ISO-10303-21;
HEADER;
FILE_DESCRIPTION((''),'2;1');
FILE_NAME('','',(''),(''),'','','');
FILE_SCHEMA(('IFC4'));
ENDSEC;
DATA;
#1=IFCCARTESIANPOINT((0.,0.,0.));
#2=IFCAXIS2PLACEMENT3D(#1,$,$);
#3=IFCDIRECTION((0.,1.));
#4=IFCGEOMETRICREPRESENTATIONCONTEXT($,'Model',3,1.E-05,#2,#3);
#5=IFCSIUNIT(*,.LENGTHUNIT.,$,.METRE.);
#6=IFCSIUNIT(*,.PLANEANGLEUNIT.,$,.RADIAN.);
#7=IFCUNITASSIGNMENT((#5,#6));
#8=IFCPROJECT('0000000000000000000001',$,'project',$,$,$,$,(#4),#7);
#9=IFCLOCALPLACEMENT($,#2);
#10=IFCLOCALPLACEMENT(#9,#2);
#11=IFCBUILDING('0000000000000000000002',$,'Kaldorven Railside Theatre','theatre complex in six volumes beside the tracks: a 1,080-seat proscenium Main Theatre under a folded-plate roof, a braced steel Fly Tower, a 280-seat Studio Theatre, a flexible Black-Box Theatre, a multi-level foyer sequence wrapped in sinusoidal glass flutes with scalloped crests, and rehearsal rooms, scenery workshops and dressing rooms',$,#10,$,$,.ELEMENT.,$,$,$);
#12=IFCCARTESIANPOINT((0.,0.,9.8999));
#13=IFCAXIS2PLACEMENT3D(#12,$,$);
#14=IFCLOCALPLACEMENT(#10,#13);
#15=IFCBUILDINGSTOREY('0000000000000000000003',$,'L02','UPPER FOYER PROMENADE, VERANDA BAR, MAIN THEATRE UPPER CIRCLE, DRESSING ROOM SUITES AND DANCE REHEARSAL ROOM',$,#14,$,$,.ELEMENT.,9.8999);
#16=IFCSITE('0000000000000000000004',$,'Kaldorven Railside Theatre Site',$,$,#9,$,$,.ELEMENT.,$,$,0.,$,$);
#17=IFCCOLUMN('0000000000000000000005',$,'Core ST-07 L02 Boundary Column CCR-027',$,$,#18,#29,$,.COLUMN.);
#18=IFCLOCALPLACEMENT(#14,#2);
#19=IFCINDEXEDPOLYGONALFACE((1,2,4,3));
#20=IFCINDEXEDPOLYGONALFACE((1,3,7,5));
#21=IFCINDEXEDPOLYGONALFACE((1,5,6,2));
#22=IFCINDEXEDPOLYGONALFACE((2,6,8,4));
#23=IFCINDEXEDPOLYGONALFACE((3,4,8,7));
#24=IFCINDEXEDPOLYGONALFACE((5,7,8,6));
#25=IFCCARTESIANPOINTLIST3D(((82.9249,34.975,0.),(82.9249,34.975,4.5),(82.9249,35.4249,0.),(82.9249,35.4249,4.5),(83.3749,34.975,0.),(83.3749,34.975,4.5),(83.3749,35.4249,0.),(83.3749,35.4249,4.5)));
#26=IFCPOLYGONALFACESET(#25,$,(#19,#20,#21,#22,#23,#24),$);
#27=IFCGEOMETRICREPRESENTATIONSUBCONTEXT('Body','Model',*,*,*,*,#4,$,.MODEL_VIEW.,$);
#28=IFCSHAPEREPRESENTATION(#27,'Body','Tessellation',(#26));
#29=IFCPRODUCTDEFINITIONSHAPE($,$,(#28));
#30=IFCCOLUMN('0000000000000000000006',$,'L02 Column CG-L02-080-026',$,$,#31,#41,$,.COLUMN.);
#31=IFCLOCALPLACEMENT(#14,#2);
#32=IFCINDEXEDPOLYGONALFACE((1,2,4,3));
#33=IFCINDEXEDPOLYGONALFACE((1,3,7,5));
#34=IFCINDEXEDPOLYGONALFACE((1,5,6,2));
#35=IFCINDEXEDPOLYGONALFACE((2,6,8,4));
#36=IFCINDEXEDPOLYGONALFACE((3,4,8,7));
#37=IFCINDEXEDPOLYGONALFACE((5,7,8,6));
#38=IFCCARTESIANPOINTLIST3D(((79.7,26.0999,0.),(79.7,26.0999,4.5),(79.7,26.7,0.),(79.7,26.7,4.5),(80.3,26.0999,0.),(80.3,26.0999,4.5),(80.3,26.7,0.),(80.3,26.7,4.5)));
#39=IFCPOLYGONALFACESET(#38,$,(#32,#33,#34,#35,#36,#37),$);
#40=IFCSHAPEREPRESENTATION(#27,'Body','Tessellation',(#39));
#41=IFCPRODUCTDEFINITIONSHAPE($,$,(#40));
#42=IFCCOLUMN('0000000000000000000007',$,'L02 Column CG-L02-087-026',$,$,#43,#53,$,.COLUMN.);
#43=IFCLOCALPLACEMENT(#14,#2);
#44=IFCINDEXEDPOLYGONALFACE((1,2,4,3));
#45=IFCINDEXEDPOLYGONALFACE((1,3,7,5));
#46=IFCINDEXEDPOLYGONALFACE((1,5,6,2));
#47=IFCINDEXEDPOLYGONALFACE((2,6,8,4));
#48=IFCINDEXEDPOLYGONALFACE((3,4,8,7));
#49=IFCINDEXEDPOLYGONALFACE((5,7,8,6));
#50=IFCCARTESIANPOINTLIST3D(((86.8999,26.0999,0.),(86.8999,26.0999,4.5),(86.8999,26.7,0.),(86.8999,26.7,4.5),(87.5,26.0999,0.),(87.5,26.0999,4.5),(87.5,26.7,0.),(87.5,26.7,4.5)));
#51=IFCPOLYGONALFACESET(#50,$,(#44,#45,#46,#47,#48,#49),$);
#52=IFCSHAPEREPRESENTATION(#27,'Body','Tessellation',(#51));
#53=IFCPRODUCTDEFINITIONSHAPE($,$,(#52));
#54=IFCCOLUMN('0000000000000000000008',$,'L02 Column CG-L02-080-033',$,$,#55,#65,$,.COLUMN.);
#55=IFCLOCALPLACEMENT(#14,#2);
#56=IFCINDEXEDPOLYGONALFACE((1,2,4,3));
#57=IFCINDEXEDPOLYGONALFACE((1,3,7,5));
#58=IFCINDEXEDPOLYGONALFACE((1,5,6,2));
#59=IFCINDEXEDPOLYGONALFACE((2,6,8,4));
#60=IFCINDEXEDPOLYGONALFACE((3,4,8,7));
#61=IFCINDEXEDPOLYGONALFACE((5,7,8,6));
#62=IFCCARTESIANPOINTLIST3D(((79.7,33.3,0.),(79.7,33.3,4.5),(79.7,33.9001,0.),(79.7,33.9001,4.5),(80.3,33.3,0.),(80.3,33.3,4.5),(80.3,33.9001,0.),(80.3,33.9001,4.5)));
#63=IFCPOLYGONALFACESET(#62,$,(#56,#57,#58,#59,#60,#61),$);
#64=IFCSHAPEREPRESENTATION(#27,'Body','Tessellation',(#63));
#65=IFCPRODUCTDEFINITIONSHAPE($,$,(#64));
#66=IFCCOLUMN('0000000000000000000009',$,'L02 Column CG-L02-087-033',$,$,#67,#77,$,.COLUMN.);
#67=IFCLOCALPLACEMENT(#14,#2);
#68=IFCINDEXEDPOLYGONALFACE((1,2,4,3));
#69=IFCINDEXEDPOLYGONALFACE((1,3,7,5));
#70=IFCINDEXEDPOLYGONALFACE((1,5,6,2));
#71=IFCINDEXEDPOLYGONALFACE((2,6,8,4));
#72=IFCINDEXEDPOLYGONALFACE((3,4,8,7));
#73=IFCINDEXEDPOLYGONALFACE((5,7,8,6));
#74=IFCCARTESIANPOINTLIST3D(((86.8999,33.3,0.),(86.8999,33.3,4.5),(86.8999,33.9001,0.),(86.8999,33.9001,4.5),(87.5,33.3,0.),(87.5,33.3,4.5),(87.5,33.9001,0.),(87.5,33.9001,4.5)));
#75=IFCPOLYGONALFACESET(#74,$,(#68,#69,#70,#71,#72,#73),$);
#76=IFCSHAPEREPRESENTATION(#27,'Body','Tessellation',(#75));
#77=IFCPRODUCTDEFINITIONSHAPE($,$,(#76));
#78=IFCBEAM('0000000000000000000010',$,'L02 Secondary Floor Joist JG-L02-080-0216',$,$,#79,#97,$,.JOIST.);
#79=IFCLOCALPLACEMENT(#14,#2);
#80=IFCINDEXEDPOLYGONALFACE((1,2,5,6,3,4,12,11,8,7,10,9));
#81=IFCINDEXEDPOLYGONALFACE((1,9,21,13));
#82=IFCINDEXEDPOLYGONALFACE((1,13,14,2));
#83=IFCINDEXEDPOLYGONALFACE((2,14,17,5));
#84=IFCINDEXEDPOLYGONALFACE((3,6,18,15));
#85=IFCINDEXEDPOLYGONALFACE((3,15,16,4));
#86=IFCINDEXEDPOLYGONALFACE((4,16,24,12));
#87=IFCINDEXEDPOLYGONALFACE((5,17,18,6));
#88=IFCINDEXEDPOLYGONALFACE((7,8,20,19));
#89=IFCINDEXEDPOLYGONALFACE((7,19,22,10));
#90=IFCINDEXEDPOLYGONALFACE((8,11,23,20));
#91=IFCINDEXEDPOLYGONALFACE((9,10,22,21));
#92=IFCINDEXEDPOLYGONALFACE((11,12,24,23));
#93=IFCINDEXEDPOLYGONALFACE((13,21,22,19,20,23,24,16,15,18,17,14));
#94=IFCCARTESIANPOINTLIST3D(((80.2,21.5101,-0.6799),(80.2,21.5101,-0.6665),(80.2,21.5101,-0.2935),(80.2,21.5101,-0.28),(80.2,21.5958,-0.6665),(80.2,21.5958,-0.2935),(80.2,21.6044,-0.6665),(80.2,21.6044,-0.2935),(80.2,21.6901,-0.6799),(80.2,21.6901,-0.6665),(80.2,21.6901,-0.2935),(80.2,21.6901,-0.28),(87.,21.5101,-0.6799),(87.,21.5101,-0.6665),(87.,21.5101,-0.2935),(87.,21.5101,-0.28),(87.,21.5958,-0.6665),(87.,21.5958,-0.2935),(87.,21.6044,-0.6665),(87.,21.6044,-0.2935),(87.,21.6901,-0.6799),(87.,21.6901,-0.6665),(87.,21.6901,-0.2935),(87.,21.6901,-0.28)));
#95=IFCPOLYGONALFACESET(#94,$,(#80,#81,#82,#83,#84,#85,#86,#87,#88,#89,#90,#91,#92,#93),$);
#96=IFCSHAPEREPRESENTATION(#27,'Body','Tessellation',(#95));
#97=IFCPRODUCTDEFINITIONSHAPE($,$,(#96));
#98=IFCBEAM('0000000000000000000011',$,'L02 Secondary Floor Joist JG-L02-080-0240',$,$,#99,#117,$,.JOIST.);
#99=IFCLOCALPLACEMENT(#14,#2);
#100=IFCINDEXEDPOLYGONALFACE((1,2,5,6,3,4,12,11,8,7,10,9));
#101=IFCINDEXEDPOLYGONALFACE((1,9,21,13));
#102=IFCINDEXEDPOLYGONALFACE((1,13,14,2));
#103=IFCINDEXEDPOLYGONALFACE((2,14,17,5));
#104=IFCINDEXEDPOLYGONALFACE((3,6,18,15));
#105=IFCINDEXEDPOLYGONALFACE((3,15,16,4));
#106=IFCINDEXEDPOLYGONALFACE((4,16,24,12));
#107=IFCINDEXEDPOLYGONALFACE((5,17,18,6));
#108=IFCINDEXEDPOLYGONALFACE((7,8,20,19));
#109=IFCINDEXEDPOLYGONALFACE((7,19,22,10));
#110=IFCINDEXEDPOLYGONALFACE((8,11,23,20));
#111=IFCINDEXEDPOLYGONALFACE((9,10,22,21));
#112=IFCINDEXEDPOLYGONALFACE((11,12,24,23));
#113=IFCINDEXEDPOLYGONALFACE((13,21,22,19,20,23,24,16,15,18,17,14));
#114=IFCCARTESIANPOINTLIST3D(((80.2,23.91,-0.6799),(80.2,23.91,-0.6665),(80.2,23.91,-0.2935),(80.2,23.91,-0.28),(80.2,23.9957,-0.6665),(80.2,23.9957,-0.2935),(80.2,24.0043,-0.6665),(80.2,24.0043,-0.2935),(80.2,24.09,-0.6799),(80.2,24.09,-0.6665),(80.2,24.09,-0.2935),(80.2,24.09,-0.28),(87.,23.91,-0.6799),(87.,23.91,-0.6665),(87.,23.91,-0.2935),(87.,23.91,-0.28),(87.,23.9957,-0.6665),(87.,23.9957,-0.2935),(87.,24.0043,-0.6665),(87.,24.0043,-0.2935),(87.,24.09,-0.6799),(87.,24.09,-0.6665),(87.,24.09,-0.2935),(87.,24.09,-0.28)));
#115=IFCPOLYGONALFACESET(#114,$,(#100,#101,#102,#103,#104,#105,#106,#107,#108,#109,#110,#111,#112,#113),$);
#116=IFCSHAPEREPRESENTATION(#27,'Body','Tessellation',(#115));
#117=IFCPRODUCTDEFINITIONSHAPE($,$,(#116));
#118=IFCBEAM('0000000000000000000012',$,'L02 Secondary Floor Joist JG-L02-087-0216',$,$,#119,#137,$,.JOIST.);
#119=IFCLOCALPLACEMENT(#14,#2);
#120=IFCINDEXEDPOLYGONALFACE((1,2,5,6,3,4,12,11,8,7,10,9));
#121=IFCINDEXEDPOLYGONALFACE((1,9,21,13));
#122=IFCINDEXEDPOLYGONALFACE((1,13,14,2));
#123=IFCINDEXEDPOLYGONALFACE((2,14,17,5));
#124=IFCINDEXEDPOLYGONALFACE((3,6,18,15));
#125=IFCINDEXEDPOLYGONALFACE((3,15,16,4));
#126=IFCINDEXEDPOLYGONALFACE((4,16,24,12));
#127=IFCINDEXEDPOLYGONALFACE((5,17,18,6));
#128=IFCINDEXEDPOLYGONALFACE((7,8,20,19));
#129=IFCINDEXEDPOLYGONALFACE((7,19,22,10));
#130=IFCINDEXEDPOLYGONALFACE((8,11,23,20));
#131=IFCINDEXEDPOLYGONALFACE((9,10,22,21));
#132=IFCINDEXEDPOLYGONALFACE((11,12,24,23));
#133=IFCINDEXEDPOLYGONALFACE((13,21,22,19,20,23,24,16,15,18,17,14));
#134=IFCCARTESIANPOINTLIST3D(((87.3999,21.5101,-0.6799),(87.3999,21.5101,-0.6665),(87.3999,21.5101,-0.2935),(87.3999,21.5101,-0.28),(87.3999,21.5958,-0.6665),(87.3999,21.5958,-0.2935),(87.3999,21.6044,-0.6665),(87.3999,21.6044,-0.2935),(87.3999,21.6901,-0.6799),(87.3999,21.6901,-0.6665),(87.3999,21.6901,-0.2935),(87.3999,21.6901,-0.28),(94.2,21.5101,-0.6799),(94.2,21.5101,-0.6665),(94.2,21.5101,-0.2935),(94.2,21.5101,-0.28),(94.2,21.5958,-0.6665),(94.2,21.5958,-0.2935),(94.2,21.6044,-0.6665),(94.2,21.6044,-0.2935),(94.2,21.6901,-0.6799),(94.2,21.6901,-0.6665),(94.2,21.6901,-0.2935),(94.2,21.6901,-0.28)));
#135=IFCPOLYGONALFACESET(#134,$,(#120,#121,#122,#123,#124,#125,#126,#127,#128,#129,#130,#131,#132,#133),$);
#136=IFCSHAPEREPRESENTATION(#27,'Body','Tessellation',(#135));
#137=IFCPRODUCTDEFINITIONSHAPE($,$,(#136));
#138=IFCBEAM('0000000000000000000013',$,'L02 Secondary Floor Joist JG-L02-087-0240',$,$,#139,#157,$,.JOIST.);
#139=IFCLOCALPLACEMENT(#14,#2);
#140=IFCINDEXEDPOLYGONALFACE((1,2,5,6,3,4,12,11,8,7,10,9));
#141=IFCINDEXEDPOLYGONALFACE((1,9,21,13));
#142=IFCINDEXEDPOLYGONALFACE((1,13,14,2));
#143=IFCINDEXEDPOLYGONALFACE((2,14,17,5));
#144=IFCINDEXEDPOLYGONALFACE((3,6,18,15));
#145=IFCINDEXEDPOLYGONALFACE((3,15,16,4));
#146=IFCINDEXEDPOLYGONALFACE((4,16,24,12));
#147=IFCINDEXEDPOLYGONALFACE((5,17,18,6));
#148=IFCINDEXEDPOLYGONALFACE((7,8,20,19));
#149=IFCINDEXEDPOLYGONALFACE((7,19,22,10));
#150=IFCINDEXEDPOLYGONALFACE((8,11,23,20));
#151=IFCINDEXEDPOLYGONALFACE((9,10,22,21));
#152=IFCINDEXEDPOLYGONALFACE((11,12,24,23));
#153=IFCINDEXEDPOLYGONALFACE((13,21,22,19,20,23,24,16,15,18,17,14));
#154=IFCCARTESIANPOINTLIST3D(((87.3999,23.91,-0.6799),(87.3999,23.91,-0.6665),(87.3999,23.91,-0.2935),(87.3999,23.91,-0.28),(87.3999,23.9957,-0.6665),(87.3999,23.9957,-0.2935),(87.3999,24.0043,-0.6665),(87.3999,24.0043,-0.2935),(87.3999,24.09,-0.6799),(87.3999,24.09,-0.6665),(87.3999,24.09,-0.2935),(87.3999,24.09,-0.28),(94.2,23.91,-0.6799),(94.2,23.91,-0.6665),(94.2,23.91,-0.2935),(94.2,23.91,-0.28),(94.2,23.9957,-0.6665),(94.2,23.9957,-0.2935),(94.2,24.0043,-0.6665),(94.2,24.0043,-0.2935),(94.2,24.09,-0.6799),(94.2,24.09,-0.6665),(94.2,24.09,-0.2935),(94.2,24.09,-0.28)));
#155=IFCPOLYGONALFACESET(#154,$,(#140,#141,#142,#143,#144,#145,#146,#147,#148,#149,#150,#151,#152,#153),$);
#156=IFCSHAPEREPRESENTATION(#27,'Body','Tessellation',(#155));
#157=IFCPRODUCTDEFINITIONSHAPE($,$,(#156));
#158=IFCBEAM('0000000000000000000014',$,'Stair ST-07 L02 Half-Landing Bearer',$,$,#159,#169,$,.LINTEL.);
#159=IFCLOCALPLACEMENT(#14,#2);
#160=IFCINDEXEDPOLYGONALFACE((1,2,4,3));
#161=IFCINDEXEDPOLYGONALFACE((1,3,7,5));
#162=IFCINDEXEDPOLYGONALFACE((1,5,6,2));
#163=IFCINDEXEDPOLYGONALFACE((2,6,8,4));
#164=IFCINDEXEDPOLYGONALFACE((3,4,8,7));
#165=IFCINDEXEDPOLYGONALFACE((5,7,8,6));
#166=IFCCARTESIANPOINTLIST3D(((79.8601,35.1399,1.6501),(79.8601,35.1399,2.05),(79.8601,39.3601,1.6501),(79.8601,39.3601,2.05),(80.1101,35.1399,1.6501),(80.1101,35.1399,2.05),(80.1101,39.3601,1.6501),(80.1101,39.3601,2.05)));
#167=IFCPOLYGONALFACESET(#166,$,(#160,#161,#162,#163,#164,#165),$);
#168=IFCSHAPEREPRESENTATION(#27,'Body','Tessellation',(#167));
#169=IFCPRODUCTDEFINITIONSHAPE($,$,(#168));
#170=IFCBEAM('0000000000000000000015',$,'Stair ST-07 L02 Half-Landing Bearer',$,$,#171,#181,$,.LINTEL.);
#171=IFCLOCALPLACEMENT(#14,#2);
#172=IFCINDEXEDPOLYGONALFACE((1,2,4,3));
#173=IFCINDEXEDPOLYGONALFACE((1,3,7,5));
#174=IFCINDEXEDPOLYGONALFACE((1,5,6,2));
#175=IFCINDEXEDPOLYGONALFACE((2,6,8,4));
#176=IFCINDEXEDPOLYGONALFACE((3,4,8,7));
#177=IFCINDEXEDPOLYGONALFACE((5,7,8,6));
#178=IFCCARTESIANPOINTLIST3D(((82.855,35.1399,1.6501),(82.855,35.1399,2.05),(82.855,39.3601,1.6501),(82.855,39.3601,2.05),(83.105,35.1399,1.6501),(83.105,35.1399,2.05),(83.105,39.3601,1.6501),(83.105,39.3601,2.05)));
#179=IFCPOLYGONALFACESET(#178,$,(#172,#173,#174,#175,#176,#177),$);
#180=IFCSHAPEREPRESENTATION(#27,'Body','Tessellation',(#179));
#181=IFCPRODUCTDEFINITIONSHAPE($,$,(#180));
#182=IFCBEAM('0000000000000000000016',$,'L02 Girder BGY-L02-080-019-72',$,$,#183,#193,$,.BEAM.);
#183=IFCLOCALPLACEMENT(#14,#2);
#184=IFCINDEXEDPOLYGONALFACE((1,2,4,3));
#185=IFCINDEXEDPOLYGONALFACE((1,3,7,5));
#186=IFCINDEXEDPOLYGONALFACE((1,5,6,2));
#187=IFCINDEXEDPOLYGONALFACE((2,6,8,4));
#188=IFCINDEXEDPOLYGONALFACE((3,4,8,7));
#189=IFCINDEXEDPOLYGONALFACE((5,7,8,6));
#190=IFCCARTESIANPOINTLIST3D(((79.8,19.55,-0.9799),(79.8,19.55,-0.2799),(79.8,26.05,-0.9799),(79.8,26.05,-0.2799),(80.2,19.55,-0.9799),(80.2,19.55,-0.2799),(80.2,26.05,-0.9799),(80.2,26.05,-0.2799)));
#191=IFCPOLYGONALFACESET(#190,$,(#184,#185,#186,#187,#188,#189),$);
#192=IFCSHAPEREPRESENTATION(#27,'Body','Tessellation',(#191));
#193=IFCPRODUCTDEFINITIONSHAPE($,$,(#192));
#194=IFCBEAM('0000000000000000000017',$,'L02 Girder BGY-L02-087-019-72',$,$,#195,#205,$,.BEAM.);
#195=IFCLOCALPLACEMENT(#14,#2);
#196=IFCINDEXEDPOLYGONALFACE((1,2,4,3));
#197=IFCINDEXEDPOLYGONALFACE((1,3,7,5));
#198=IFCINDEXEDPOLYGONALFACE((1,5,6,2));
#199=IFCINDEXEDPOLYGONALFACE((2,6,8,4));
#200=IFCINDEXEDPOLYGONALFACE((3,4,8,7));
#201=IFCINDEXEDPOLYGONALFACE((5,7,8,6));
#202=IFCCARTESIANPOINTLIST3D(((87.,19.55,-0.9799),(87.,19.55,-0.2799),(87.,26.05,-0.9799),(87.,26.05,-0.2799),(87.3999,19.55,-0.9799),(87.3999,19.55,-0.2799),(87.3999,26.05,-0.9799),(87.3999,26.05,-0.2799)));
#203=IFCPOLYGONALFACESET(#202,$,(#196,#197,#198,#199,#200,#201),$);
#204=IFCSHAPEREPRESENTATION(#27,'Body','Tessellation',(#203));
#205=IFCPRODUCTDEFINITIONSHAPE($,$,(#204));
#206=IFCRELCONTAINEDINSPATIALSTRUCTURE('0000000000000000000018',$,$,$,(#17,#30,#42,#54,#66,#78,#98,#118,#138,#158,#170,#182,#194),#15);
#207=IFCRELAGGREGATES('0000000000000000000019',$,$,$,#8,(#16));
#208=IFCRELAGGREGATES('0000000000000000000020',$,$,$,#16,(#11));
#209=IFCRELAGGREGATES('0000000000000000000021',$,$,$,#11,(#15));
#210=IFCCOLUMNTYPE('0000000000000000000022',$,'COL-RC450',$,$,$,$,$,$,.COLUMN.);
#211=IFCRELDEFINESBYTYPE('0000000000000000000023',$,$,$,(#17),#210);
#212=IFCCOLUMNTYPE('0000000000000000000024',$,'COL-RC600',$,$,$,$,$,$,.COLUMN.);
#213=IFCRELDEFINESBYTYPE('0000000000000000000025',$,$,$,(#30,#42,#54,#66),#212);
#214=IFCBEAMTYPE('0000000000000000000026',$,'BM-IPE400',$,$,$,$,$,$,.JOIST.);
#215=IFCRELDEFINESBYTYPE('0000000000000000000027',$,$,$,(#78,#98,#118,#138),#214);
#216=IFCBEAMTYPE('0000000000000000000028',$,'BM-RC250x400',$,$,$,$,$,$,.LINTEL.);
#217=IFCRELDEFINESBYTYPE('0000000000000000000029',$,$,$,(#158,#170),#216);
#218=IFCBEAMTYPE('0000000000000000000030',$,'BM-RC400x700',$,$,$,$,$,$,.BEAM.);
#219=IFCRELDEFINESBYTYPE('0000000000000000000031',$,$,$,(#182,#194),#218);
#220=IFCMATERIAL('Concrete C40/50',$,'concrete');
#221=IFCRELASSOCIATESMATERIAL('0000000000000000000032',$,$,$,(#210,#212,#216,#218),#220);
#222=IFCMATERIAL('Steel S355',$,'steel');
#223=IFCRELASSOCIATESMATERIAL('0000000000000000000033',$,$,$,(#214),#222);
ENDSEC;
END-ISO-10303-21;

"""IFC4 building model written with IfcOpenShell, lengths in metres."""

from ifc_helpers import new_model, si_unit, direction, frame, origin, origin_2d, place, context, subcontext, project, spatial, rectangle, i_section, extrude, material, material_profile, profile_set, type_object, element, save


model = new_model("IFC4")

# Units and contexts
model_context = context("Model", 3, precision=1e-05, world=origin(), true_north=direction((0.0, 1.0)))
body_context = subcontext(model_context, "Body", "Model", "MODEL_VIEW")
ifc_project = project(units=[si_unit("LENGTHUNIT", "METRE"), si_unit("PLANEANGLEUNIT", "RADIAN")], contexts=[model_context])

# Site, building, storey
site_placement = place(None, origin())
site = spatial("IfcSite", under=ifc_project, at=site_placement, Name="Kaldorven Railside Theatre Site", CompositionType="ELEMENT", RefElevation=0.0)
building_placement = place(site_placement, origin())
building = spatial("IfcBuilding", under=site, at=building_placement, Name="Kaldorven Railside Theatre", Description="theatre complex in six volumes beside the tracks: a 1,080-seat proscenium Main Theatre under a folded-plate roof, a braced steel Fly Tower, a 280-seat Studio Theatre, a flexible Black-Box Theatre, a multi-level foyer sequence wrapped in sinusoidal glass flutes with scalloped crests, and rehearsal rooms, scenery workshops and dressing rooms", CompositionType="ELEMENT")
storey_placement = place(building_placement, frame((0.0, 0.0, 9.8999)))
storey = spatial("IfcBuildingStorey", under=building, at=storey_placement, Name="L02", Description="UPPER FOYER PROMENADE, VERANDA BAR, MAIN THEATRE UPPER CIRCLE, DRESSING ROOM SUITES AND DANCE REHEARSAL ROOM", CompositionType="ELEMENT", Elevation=9.8999)

# Columns
ifc_material_1 = material(Name="Concrete C40/50", Category="concrete")
ifc_material_profile_1 = material_profile(ifc_material_1, rectangle(XDim=0.45, YDim=0.45, at=origin_2d()), Name="RC 450x450")
ifc_profile_set_1 = profile_set([ifc_material_profile_1], Name="Concrete C40/50")
column_type_1 = type_object("IfcColumnType", Name="COL-RC450", PredefinedType="COLUMN", material=ifc_profile_set_1)
column_placement = place(storey_placement, frame((83.1499, 35.2, 0.0), z_axis=(0.0, 0.0, 1.0), x_axis=(1.0, 0.0, 0.0)))
element("IfcColumn", 1, at=column_placement, inside=storey, type_object=column_type_1, Name="Core ST-07 L02 Boundary Column CCR-027", PredefinedType="COLUMN", context=body_context, shape_type="SweptSolid", body=[
    extrude(rectangle(XDim=0.45, YDim=0.45, at=origin_2d()), origin(), (0.0, 0.0, 1.0), 4.5),
])
ifc_material_profile_2 = material_profile(ifc_material_1, rectangle(XDim=0.6001, YDim=0.6001, at=origin_2d()), Name="RC 600x600")
ifc_profile_set_2 = profile_set([ifc_material_profile_2], Name="Concrete C40/50")
column_type_2 = type_object("IfcColumnType", Name="COL-RC600", PredefinedType="COLUMN", material=ifc_profile_set_2)
for number, where, z_axis, x_axis, name in (
    (2, (80.0, 26.3999, 0.0), (0.0, 0.0, 1.0), (1.0, 0.0, 0.0), "L02 Column CG-L02-080-026"),
    (3, (87.2, 26.3999, 0.0), (0.0, 0.0, 1.0), (0.0, 1.0, 0.0), "L02 Column CG-L02-087-026"),
    (4, (80.0, 33.6001, 0.0), (0.0, 0.0, 1.0), (0.0, 1.0, 0.0), "L02 Column CG-L02-080-033"),
    (5, (87.2, 33.6001, 0.0), (0.0, 0.0, 1.0), (1.0, 0.0, 0.0), "L02 Column CG-L02-087-033"),
):
    element("IfcColumn", number, at=place(storey_placement, frame(where, z_axis=z_axis, x_axis=x_axis)), inside=storey, type_object=column_type_2, Name=name, PredefinedType="COLUMN", context=body_context, shape_type="SweptSolid", body=[
        extrude(rectangle(XDim=0.6001, YDim=0.6001, at=origin_2d()), origin(), (0.0, 0.0, 1.0), 4.5),
    ])

# Beams
ifc_material_2 = material(Name="Steel S355", Category="steel")
ifc_material_profile_3 = material_profile(ifc_material_2, i_section(OverallWidth=0.1799, OverallDepth=0.3999, WebThickness=0.0085, FlangeThickness=0.0134, at=origin_2d()), Name="IPE 400")
ifc_profile_set_3 = profile_set([ifc_material_profile_3], Name="Steel S355")
beam_type_1 = type_object("IfcBeamType", Name="BM-IPE400", PredefinedType="JOIST", material=ifc_profile_set_3)
for number, where, z_axis, x_axis, name in (
    (6, (80.2, 21.6001, -0.48), (1.0, 0.0, 0.0), (0.0, 1.0, 0.0), "L02 Secondary Floor Joist JG-L02-080-0216"),
    (7, (80.2, 24.0, -0.48), (1.0, 0.0, 0.0), (0.0, 1.0, 0.0), "L02 Secondary Floor Joist JG-L02-080-0240"),
    (8, (87.3999, 21.6001, -0.48), (1.0, 0.0, 0.0), (0.0, 1.0, 0.0), "L02 Secondary Floor Joist JG-L02-087-0216"),
    (9, (87.3999, 24.0, -0.48), (1.0, 0.0, 0.0), (0.0, 1.0, 0.0), "L02 Secondary Floor Joist JG-L02-087-0240"),
):
    element("IfcBeam", number, at=place(storey_placement, frame(where, z_axis=z_axis, x_axis=x_axis)), inside=storey, type_object=beam_type_1, Name=name, PredefinedType="JOIST", context=body_context, shape_type="SweptSolid", body=[
        extrude(i_section(OverallWidth=0.1799, OverallDepth=0.3999, WebThickness=0.0085, FlangeThickness=0.0134, at=origin_2d()), origin(), (0.0, 0.0, 1.0), 6.8),
    ])
ifc_material_profile_4 = material_profile(ifc_material_1, rectangle(XDim=0.25, YDim=0.3999, at=origin_2d()), Name="RC 250x400")
ifc_profile_set_4 = profile_set([ifc_material_profile_4], Name="Concrete C40/50")
beam_type_2 = type_object("IfcBeamType", Name="BM-RC250x400", PredefinedType="LINTEL", material=ifc_profile_set_4)
for number, where, z_axis, x_axis, name in (
    (10, (79.9851, 35.1399, 1.8501), (0.0, 1.0, 0.0), (-1.0, 0.0, 0.0), "Stair ST-07 L02 Half-Landing Bearer"),
    (11, (82.98, 35.1399, 1.8501), (0.0, 1.0, 0.0), (-1.0, 0.0, 0.0), "Stair ST-07 L02 Half-Landing Bearer"),
):
    element("IfcBeam", number, at=place(storey_placement, frame(where, z_axis=z_axis, x_axis=x_axis)), inside=storey, type_object=beam_type_2, Name=name, PredefinedType="LINTEL", context=body_context, shape_type="SweptSolid", body=[
        extrude(rectangle(XDim=0.25, YDim=0.3999, at=origin_2d()), origin(), (0.0, 0.0, 1.0), 4.2202),
    ])
ifc_material_profile_5 = material_profile(ifc_material_1, rectangle(XDim=0.3999, YDim=0.7, at=origin_2d()), Name="RC 400x700")
ifc_profile_set_5 = profile_set([ifc_material_profile_5], Name="Concrete C40/50")
beam_type_3 = type_object("IfcBeamType", Name="BM-RC400x700", PredefinedType="BEAM", material=ifc_profile_set_5)
for number, where, z_axis, x_axis, name in (
    (12, (80.0, 19.55, -0.6299), (0.0, 1.0, 0.0), (-1.0, 0.0, 0.0), "L02 Girder BGY-L02-080-019-72"),
    (13, (87.2, 19.55, -0.6299), (0.0, 1.0, 0.0), (-1.0, 0.0, 0.0), "L02 Girder BGY-L02-087-019-72"),
):
    element("IfcBeam", number, at=place(storey_placement, frame(where, z_axis=z_axis, x_axis=x_axis)), inside=storey, type_object=beam_type_3, Name=name, PredefinedType="BEAM", context=body_context, shape_type="SweptSolid", body=[
        extrude(rectangle(XDim=0.3999, YDim=0.7, at=origin_2d()), origin(), (0.0, 0.0, 1.0), 6.5),
    ])

save(model, "model.ifc")
